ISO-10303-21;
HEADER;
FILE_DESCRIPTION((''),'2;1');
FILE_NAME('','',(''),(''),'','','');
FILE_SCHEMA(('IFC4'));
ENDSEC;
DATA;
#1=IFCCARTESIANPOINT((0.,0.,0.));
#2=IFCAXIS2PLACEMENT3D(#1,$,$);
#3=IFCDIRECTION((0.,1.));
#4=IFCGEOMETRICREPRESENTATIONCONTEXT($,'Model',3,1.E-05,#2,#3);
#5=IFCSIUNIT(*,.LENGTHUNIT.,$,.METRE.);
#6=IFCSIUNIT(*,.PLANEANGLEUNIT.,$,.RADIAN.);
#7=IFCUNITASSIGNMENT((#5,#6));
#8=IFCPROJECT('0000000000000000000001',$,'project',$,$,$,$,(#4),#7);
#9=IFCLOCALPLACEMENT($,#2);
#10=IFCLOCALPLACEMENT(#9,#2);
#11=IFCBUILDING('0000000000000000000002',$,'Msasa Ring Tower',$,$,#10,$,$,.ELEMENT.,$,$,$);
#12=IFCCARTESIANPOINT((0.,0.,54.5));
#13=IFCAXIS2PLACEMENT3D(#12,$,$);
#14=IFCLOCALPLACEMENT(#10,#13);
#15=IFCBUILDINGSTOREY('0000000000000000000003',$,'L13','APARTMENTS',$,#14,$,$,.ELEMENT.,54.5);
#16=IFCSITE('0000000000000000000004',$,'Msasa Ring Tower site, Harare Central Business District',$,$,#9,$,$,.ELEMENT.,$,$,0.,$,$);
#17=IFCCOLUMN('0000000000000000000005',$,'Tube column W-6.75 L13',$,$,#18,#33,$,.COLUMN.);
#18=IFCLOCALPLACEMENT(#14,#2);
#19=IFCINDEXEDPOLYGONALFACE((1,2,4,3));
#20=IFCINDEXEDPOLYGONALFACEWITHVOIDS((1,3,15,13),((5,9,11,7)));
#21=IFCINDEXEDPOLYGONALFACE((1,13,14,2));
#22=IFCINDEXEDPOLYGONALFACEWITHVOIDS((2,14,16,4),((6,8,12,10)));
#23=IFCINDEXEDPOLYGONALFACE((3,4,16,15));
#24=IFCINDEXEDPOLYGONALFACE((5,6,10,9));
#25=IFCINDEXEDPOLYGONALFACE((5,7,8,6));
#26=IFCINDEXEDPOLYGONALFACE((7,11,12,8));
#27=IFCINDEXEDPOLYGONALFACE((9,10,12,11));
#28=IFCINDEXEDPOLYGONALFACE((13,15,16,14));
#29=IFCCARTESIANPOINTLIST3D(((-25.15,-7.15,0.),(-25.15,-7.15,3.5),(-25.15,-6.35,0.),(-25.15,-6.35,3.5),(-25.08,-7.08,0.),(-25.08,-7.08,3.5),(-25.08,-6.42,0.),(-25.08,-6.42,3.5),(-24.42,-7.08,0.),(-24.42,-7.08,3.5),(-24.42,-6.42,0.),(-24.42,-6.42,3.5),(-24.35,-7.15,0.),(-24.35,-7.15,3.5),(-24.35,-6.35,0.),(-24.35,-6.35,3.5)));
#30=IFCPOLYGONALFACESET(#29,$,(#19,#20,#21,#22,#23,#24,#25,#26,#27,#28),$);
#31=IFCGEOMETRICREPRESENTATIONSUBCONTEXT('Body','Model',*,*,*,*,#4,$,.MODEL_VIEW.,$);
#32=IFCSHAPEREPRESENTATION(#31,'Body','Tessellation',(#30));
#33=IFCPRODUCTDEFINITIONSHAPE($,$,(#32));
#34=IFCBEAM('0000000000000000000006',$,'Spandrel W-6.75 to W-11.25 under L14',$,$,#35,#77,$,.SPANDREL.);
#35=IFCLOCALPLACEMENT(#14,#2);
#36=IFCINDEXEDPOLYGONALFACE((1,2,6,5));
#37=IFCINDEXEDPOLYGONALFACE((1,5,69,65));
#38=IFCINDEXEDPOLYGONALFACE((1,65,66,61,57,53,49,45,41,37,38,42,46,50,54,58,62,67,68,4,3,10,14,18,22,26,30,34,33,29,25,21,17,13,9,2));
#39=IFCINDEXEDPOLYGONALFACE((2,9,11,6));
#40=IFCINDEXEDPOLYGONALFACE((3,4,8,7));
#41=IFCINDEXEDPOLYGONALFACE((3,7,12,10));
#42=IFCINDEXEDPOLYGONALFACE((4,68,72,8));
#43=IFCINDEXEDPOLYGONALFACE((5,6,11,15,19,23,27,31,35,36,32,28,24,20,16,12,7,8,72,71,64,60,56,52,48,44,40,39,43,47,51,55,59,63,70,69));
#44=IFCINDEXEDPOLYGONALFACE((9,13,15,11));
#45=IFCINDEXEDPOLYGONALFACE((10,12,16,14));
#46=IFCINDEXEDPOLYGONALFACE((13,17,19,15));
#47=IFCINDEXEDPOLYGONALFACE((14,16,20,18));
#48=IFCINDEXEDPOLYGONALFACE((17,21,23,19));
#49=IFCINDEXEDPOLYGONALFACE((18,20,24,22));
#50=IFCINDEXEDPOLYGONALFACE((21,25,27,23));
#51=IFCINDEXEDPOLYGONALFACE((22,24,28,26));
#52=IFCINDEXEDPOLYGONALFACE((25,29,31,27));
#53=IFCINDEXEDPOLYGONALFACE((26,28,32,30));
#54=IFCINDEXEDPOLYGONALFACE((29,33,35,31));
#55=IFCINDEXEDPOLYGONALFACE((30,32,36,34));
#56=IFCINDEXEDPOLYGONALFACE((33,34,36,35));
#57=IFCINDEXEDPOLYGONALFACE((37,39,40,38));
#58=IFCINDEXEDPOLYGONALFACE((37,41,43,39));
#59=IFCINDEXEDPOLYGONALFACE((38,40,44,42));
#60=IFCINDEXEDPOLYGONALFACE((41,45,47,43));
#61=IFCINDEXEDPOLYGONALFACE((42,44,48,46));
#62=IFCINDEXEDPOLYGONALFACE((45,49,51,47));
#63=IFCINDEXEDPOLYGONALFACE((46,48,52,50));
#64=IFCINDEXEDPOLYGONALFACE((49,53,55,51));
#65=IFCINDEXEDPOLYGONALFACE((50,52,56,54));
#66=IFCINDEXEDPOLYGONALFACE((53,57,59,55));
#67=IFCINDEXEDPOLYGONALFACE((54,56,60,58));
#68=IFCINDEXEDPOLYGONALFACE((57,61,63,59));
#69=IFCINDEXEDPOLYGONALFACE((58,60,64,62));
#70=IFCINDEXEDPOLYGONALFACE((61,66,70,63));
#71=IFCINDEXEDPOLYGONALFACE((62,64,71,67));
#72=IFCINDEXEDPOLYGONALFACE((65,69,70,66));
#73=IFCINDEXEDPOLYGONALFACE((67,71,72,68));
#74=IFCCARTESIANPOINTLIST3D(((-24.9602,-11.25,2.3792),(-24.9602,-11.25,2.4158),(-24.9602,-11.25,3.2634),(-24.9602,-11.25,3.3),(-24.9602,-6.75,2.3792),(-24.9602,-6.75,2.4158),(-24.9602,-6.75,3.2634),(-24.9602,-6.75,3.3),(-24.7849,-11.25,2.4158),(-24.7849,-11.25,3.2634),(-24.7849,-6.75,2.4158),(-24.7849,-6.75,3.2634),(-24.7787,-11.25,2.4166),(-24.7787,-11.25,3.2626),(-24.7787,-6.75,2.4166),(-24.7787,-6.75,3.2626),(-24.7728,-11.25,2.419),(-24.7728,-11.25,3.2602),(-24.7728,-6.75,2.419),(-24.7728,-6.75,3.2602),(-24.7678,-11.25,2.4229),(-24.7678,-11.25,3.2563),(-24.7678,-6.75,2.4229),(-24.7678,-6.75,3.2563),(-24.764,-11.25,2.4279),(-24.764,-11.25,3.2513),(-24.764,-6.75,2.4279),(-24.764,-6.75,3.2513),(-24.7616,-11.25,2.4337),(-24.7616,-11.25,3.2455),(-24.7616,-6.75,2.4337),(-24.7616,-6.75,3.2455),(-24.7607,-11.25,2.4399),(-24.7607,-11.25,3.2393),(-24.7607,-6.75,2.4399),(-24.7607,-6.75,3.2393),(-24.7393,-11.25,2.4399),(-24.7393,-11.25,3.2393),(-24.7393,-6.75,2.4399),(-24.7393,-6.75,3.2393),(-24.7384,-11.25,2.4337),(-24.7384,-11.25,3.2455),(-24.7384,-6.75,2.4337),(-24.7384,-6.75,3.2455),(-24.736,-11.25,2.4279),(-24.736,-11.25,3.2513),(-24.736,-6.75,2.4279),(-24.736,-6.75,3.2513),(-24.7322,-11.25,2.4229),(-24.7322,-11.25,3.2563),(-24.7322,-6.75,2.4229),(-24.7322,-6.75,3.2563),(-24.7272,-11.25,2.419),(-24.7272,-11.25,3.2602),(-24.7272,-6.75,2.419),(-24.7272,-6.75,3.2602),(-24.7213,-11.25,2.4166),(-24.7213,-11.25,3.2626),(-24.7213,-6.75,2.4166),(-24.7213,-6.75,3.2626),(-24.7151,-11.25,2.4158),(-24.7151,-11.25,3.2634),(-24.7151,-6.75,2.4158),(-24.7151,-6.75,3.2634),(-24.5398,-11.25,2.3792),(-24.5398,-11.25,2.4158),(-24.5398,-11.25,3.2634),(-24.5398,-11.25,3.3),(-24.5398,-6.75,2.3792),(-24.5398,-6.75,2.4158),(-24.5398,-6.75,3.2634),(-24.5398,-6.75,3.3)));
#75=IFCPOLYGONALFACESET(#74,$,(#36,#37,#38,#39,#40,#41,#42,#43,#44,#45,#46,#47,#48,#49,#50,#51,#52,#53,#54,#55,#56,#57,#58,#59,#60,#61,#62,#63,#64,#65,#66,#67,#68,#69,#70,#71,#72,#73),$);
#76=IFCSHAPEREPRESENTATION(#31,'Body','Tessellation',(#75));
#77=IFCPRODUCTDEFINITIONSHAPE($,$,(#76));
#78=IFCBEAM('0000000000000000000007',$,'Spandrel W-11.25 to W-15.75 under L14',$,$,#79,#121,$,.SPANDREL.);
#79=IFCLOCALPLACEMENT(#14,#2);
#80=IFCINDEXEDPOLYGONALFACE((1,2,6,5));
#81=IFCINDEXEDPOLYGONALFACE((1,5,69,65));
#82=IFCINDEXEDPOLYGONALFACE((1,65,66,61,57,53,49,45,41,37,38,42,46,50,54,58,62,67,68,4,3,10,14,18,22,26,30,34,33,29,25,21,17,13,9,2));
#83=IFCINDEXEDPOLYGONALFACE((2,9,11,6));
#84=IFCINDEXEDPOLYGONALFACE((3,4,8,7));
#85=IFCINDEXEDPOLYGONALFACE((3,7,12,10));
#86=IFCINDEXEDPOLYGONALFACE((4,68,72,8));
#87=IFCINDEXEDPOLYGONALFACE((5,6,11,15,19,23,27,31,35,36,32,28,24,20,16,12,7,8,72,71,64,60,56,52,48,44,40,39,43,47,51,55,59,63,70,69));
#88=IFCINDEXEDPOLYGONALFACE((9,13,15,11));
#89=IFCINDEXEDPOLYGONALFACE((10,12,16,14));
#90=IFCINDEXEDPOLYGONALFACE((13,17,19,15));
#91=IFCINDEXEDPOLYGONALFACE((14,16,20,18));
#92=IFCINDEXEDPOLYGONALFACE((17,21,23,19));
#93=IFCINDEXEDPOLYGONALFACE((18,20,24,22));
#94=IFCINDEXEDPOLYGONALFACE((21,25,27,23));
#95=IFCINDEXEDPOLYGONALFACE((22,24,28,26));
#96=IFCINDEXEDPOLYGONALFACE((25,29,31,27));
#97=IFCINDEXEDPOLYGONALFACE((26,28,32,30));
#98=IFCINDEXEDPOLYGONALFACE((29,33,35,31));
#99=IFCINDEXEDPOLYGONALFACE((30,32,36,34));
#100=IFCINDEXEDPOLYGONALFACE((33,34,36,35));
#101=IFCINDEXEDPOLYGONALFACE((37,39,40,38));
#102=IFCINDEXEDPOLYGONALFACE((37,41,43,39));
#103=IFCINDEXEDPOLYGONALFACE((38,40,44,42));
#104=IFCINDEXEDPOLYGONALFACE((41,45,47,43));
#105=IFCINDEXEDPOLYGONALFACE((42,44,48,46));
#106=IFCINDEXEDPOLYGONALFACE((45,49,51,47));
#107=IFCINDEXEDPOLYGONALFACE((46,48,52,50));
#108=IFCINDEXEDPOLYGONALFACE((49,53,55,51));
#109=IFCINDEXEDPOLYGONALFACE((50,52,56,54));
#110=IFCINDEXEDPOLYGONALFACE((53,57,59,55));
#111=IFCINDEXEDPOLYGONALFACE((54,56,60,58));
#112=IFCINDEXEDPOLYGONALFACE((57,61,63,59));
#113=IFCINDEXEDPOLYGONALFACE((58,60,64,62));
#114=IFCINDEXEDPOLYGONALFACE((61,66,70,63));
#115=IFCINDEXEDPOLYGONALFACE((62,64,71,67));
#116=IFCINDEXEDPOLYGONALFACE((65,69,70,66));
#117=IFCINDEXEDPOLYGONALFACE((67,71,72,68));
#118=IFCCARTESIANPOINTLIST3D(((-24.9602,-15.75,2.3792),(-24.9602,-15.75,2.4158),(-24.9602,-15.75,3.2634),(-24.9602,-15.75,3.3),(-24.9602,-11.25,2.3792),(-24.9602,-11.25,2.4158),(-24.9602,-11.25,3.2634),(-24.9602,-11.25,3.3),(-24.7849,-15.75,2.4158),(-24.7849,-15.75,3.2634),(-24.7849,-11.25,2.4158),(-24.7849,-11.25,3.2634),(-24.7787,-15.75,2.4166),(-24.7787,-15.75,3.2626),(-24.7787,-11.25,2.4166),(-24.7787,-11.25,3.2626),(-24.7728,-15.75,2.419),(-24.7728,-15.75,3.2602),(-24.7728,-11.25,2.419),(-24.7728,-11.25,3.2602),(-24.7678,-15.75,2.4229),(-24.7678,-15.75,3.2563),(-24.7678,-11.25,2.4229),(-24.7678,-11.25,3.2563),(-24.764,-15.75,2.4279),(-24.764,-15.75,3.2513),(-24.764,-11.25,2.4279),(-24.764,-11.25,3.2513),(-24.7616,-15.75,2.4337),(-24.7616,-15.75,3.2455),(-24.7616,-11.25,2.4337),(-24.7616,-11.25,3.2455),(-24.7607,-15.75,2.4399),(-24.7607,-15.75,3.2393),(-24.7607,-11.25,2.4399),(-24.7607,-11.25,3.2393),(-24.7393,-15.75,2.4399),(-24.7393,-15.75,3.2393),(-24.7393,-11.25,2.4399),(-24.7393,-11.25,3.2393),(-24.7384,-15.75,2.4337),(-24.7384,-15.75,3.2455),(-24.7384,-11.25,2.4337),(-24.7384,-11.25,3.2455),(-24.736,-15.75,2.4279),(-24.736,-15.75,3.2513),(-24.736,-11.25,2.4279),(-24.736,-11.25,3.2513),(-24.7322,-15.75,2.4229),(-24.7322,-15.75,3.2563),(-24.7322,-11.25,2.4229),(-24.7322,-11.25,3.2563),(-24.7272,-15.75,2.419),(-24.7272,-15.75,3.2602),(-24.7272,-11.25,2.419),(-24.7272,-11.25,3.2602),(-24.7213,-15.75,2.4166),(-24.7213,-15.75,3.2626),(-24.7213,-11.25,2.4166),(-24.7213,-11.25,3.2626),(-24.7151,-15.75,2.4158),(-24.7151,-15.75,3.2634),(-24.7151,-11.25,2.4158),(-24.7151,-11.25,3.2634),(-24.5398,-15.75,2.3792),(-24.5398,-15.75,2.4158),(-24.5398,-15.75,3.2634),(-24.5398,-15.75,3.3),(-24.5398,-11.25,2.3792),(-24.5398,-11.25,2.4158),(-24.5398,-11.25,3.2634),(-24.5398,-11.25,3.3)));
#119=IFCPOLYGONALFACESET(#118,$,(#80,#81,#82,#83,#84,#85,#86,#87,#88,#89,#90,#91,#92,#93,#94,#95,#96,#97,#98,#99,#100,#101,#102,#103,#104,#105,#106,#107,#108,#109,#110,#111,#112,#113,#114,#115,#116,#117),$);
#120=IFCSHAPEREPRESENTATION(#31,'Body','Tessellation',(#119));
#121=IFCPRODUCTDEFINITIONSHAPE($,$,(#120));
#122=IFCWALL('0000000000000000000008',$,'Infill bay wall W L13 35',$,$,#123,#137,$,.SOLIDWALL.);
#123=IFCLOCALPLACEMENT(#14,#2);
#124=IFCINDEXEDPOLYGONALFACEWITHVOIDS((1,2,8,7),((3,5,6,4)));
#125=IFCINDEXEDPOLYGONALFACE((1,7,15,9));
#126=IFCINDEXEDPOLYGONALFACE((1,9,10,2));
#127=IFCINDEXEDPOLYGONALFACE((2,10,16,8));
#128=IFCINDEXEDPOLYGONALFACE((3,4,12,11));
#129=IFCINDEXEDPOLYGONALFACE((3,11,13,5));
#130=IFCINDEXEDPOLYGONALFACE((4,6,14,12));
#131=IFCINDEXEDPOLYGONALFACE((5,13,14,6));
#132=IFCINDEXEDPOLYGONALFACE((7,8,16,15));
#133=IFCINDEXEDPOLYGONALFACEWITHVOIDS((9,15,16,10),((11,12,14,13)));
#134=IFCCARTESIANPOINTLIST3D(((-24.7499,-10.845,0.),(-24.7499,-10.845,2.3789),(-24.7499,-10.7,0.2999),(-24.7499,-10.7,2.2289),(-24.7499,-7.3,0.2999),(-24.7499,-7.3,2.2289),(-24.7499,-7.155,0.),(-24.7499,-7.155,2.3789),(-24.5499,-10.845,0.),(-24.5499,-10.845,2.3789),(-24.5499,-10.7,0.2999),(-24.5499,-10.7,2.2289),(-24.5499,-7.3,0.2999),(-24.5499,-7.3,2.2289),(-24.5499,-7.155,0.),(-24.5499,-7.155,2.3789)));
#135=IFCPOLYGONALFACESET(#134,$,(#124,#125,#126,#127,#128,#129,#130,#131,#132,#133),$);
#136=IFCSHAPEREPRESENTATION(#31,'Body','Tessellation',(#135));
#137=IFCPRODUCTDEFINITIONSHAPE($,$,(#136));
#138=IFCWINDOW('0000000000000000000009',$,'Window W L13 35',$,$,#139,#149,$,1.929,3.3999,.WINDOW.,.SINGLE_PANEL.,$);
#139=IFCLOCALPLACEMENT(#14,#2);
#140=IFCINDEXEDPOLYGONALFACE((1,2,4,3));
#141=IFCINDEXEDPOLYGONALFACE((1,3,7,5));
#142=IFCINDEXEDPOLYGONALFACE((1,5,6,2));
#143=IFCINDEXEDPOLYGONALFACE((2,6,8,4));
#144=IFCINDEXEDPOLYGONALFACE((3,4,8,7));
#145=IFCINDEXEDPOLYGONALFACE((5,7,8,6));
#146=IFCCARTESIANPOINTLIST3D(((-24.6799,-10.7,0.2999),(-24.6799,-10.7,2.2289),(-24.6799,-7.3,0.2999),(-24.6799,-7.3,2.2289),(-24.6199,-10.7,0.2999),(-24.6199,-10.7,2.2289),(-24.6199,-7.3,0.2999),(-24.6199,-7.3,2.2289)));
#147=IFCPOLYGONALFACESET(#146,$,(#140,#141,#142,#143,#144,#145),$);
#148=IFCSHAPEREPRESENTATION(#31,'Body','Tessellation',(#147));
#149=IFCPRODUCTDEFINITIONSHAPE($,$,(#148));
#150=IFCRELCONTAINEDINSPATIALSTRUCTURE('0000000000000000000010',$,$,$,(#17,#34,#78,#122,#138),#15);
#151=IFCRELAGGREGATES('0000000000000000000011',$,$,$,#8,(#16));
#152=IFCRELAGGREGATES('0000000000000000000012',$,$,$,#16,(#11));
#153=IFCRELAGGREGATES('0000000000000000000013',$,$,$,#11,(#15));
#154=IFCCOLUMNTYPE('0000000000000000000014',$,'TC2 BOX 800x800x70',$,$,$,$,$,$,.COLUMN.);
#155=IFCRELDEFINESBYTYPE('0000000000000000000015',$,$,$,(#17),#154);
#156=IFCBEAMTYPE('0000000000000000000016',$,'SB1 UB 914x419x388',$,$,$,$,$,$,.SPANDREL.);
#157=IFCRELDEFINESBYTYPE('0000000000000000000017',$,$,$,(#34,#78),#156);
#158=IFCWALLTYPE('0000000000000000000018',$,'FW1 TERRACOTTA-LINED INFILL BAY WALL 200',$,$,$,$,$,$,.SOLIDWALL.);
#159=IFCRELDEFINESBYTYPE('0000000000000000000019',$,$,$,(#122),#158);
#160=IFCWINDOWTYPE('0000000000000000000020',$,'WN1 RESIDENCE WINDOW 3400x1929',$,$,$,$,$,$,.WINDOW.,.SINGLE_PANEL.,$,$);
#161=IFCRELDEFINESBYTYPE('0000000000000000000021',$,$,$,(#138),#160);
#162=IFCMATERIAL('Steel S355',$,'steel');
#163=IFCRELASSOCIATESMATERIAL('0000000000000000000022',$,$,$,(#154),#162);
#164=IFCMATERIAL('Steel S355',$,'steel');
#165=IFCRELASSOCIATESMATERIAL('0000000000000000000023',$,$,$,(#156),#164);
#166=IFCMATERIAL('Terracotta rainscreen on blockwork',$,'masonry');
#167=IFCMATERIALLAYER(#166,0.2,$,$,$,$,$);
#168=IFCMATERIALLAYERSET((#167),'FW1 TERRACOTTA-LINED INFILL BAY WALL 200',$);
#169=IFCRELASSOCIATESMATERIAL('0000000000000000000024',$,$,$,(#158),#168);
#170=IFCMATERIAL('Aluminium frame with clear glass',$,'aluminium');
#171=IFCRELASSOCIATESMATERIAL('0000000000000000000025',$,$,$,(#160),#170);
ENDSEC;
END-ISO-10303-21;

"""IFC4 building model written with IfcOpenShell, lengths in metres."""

from ifc_helpers import new_model, si_unit, direction, frame, frame_2d, origin, origin_2d, place, context, subcontext, project, spatial, rectangle, hollow_rectangle, i_section, extrude, material, layer, layer_set, material_profile, profile_set, type_object, element, fill, save


model = new_model("IFC4")

# Units and contexts
model_context = context("Model", 3, precision=1e-05, world=origin(), true_north=direction((0.0, 1.0)))
body_context = subcontext(model_context, "Body", "Model", "MODEL_VIEW")
ifc_project = project(units=[si_unit("LENGTHUNIT", "METRE"), si_unit("PLANEANGLEUNIT", "RADIAN")], contexts=[model_context])

# Site, building, storey
site_placement = place(None, origin())
site = spatial("IfcSite", under=ifc_project, at=site_placement, Name="Msasa Ring Tower site, Harare Central Business District", CompositionType="ELEMENT", RefElevation=0.0)
building_placement = place(site_placement, origin())
building = spatial("IfcBuilding", under=site, at=building_placement, Name="Msasa Ring Tower", CompositionType="ELEMENT")
storey_placement = place(building_placement, frame((0.0, 0.0, 54.5)))
storey = spatial("IfcBuildingStorey", under=building, at=storey_placement, Name="L13", Description="APARTMENTS", CompositionType="ELEMENT", Elevation=54.5)

# Column
ifc_material_1 = material(Name="Steel S355", Category="steel")
ifc_material_profile_1 = material_profile(ifc_material_1, hollow_rectangle(XDim=0.8, YDim=0.8, WallThickness=0.0701, at=origin_2d()), Name="BOX 800x800x70")
ifc_profile_set_1 = profile_set([ifc_material_profile_1], Name="Steel S355")
column_type = type_object("IfcColumnType", Name="TC2 BOX 800x800x70", PredefinedType="COLUMN", material=ifc_profile_set_1)
column_placement = place(storey_placement, frame((-24.75, -6.75, 0.0), z_axis=(0.0, 0.0, 1.0), x_axis=(1.0, 0.0, 0.0)))
element("IfcColumn", 1, at=column_placement, inside=storey, type_object=column_type, Name="Tube column W-6.75 L13", PredefinedType="COLUMN", context=body_context, shape_type="SweptSolid", body=[
    extrude(hollow_rectangle(XDim=0.8, YDim=0.8, WallThickness=0.0701, at=origin_2d()), origin(), (0.0, 0.0, 1.0), 3.5),
])

# Beams
ifc_material_2 = material(Name="Steel S355", Category="steel")
ifc_material_profile_2 = material_profile(ifc_material_2, i_section(OverallWidth=0.4204, OverallDepth=0.9209, WebThickness=0.0215, FlangeThickness=0.0366, FilletRadius=0.0242, at=origin_2d()), Name="UB 914x419x388")
ifc_profile_set_2 = profile_set([ifc_material_profile_2], Name="Steel S355")
beam_type = type_object("IfcBeamType", Name="SB1 UB 914x419x388", PredefinedType="SPANDREL", material=ifc_profile_set_2)
for number, where, z_axis, x_axis, name in (
    (2, (-24.75, -6.75, 2.8396), (0.0, -1.0, 0.0), (1.0, 0.0, 0.0), "Spandrel W-6.75 to W-11.25 under L14"),
    (3, (-24.75, -11.25, 2.8396), (0.0, -1.0, 0.0), (1.0, 0.0, 0.0), "Spandrel W-11.25 to W-15.75 under L14"),
):
    element("IfcBeam", number, at=place(storey_placement, frame(where, z_axis=z_axis, x_axis=x_axis)), inside=storey, type_object=beam_type, Name=name, PredefinedType="SPANDREL", context=body_context, shape_type="SweptSolid", body=[
        extrude(i_section(OverallWidth=0.4204, OverallDepth=0.9209, WebThickness=0.0215, FlangeThickness=0.0366, FilletRadius=0.0242, at=origin_2d()), origin(), (0.0, 0.0, 1.0), 4.5),
    ])

# Wall, opening, window
ifc_material_3 = material(Name="Terracotta rainscreen on blockwork", Category="masonry")
ifc_layer_1 = layer(ifc_material_3, 0.2)
ifc_layer_set_1 = layer_set([ifc_layer_1], Name="FW1 TERRACOTTA-LINED INFILL BAY WALL 200")
wall_type_1 = type_object("IfcWallType", Name="FW1 TERRACOTTA-LINED INFILL BAY WALL 200", PredefinedType="SOLIDWALL", material=ifc_layer_set_1)
wall_1_placement = place(storey_placement, frame((-24.6499, -10.845, 0.0), z_axis=(0.0, 0.0, 1.0), x_axis=(0.0, 1.0, 0.0)))
wall_1 = element("IfcWall", 4, at=wall_1_placement, inside=storey, type_object=wall_type_1, Name="Infill bay wall W L13 35", PredefinedType="SOLIDWALL", context=body_context, shape_type="SweptSolid", body=[
    extrude(rectangle(XDim=3.6899, YDim=0.2, at=frame_2d((1.845, 0.0))), origin(), (0.0, 0.0, 1.0), 2.3789),
])
opening_1_placement = place(wall_1_placement, frame((0.145, 0.0, 0.3)))
opening_1 = element("IfcOpeningElement", 5, at=opening_1_placement, cuts=wall_1, PredefinedType="OPENING", context=body_context, shape_type="SweptSolid", body=[
    extrude(rectangle(XDim=3.3999, YDim=1.929, at=frame_2d((1.7, 0.9644))), frame((0.0, 0.1099, 0.0), z_axis=(0.0, -1.0, 0.0), x_axis=(1.0, 0.0, 0.0)), (0.0, 0.0, 1.0), 0.22),
])
ifc_material_4 = material(Name="Aluminium frame with clear glass", Category="aluminium")
window_type = type_object("IfcWindowType", Name="WN1 RESIDENCE WINDOW 3400x1929", PartitioningType="SINGLE_PANEL", PredefinedType="WINDOW", material=ifc_material_4)
window_placement = place(opening_1_placement, origin())
window = element("IfcWindow", 6, at=window_placement, inside=storey, type_object=window_type, Name="Window W L13 35", OverallHeight=1.929, OverallWidth=3.3999, PartitioningType="SINGLE_PANEL", PredefinedType="WINDOW", context=body_context, shape_type="SweptSolid", body=[
    extrude(rectangle(XDim=3.3999, YDim=1.929, at=frame_2d((1.7, 0.9644))), frame((0.0, 0.03, 0.0), z_axis=(0.0, -1.0, 0.0), x_axis=(1.0, 0.0, 0.0)), (0.0, 0.0, 1.0), 0.0601),
])
fill(opening_1, window)

save(model, "model.ifc")
